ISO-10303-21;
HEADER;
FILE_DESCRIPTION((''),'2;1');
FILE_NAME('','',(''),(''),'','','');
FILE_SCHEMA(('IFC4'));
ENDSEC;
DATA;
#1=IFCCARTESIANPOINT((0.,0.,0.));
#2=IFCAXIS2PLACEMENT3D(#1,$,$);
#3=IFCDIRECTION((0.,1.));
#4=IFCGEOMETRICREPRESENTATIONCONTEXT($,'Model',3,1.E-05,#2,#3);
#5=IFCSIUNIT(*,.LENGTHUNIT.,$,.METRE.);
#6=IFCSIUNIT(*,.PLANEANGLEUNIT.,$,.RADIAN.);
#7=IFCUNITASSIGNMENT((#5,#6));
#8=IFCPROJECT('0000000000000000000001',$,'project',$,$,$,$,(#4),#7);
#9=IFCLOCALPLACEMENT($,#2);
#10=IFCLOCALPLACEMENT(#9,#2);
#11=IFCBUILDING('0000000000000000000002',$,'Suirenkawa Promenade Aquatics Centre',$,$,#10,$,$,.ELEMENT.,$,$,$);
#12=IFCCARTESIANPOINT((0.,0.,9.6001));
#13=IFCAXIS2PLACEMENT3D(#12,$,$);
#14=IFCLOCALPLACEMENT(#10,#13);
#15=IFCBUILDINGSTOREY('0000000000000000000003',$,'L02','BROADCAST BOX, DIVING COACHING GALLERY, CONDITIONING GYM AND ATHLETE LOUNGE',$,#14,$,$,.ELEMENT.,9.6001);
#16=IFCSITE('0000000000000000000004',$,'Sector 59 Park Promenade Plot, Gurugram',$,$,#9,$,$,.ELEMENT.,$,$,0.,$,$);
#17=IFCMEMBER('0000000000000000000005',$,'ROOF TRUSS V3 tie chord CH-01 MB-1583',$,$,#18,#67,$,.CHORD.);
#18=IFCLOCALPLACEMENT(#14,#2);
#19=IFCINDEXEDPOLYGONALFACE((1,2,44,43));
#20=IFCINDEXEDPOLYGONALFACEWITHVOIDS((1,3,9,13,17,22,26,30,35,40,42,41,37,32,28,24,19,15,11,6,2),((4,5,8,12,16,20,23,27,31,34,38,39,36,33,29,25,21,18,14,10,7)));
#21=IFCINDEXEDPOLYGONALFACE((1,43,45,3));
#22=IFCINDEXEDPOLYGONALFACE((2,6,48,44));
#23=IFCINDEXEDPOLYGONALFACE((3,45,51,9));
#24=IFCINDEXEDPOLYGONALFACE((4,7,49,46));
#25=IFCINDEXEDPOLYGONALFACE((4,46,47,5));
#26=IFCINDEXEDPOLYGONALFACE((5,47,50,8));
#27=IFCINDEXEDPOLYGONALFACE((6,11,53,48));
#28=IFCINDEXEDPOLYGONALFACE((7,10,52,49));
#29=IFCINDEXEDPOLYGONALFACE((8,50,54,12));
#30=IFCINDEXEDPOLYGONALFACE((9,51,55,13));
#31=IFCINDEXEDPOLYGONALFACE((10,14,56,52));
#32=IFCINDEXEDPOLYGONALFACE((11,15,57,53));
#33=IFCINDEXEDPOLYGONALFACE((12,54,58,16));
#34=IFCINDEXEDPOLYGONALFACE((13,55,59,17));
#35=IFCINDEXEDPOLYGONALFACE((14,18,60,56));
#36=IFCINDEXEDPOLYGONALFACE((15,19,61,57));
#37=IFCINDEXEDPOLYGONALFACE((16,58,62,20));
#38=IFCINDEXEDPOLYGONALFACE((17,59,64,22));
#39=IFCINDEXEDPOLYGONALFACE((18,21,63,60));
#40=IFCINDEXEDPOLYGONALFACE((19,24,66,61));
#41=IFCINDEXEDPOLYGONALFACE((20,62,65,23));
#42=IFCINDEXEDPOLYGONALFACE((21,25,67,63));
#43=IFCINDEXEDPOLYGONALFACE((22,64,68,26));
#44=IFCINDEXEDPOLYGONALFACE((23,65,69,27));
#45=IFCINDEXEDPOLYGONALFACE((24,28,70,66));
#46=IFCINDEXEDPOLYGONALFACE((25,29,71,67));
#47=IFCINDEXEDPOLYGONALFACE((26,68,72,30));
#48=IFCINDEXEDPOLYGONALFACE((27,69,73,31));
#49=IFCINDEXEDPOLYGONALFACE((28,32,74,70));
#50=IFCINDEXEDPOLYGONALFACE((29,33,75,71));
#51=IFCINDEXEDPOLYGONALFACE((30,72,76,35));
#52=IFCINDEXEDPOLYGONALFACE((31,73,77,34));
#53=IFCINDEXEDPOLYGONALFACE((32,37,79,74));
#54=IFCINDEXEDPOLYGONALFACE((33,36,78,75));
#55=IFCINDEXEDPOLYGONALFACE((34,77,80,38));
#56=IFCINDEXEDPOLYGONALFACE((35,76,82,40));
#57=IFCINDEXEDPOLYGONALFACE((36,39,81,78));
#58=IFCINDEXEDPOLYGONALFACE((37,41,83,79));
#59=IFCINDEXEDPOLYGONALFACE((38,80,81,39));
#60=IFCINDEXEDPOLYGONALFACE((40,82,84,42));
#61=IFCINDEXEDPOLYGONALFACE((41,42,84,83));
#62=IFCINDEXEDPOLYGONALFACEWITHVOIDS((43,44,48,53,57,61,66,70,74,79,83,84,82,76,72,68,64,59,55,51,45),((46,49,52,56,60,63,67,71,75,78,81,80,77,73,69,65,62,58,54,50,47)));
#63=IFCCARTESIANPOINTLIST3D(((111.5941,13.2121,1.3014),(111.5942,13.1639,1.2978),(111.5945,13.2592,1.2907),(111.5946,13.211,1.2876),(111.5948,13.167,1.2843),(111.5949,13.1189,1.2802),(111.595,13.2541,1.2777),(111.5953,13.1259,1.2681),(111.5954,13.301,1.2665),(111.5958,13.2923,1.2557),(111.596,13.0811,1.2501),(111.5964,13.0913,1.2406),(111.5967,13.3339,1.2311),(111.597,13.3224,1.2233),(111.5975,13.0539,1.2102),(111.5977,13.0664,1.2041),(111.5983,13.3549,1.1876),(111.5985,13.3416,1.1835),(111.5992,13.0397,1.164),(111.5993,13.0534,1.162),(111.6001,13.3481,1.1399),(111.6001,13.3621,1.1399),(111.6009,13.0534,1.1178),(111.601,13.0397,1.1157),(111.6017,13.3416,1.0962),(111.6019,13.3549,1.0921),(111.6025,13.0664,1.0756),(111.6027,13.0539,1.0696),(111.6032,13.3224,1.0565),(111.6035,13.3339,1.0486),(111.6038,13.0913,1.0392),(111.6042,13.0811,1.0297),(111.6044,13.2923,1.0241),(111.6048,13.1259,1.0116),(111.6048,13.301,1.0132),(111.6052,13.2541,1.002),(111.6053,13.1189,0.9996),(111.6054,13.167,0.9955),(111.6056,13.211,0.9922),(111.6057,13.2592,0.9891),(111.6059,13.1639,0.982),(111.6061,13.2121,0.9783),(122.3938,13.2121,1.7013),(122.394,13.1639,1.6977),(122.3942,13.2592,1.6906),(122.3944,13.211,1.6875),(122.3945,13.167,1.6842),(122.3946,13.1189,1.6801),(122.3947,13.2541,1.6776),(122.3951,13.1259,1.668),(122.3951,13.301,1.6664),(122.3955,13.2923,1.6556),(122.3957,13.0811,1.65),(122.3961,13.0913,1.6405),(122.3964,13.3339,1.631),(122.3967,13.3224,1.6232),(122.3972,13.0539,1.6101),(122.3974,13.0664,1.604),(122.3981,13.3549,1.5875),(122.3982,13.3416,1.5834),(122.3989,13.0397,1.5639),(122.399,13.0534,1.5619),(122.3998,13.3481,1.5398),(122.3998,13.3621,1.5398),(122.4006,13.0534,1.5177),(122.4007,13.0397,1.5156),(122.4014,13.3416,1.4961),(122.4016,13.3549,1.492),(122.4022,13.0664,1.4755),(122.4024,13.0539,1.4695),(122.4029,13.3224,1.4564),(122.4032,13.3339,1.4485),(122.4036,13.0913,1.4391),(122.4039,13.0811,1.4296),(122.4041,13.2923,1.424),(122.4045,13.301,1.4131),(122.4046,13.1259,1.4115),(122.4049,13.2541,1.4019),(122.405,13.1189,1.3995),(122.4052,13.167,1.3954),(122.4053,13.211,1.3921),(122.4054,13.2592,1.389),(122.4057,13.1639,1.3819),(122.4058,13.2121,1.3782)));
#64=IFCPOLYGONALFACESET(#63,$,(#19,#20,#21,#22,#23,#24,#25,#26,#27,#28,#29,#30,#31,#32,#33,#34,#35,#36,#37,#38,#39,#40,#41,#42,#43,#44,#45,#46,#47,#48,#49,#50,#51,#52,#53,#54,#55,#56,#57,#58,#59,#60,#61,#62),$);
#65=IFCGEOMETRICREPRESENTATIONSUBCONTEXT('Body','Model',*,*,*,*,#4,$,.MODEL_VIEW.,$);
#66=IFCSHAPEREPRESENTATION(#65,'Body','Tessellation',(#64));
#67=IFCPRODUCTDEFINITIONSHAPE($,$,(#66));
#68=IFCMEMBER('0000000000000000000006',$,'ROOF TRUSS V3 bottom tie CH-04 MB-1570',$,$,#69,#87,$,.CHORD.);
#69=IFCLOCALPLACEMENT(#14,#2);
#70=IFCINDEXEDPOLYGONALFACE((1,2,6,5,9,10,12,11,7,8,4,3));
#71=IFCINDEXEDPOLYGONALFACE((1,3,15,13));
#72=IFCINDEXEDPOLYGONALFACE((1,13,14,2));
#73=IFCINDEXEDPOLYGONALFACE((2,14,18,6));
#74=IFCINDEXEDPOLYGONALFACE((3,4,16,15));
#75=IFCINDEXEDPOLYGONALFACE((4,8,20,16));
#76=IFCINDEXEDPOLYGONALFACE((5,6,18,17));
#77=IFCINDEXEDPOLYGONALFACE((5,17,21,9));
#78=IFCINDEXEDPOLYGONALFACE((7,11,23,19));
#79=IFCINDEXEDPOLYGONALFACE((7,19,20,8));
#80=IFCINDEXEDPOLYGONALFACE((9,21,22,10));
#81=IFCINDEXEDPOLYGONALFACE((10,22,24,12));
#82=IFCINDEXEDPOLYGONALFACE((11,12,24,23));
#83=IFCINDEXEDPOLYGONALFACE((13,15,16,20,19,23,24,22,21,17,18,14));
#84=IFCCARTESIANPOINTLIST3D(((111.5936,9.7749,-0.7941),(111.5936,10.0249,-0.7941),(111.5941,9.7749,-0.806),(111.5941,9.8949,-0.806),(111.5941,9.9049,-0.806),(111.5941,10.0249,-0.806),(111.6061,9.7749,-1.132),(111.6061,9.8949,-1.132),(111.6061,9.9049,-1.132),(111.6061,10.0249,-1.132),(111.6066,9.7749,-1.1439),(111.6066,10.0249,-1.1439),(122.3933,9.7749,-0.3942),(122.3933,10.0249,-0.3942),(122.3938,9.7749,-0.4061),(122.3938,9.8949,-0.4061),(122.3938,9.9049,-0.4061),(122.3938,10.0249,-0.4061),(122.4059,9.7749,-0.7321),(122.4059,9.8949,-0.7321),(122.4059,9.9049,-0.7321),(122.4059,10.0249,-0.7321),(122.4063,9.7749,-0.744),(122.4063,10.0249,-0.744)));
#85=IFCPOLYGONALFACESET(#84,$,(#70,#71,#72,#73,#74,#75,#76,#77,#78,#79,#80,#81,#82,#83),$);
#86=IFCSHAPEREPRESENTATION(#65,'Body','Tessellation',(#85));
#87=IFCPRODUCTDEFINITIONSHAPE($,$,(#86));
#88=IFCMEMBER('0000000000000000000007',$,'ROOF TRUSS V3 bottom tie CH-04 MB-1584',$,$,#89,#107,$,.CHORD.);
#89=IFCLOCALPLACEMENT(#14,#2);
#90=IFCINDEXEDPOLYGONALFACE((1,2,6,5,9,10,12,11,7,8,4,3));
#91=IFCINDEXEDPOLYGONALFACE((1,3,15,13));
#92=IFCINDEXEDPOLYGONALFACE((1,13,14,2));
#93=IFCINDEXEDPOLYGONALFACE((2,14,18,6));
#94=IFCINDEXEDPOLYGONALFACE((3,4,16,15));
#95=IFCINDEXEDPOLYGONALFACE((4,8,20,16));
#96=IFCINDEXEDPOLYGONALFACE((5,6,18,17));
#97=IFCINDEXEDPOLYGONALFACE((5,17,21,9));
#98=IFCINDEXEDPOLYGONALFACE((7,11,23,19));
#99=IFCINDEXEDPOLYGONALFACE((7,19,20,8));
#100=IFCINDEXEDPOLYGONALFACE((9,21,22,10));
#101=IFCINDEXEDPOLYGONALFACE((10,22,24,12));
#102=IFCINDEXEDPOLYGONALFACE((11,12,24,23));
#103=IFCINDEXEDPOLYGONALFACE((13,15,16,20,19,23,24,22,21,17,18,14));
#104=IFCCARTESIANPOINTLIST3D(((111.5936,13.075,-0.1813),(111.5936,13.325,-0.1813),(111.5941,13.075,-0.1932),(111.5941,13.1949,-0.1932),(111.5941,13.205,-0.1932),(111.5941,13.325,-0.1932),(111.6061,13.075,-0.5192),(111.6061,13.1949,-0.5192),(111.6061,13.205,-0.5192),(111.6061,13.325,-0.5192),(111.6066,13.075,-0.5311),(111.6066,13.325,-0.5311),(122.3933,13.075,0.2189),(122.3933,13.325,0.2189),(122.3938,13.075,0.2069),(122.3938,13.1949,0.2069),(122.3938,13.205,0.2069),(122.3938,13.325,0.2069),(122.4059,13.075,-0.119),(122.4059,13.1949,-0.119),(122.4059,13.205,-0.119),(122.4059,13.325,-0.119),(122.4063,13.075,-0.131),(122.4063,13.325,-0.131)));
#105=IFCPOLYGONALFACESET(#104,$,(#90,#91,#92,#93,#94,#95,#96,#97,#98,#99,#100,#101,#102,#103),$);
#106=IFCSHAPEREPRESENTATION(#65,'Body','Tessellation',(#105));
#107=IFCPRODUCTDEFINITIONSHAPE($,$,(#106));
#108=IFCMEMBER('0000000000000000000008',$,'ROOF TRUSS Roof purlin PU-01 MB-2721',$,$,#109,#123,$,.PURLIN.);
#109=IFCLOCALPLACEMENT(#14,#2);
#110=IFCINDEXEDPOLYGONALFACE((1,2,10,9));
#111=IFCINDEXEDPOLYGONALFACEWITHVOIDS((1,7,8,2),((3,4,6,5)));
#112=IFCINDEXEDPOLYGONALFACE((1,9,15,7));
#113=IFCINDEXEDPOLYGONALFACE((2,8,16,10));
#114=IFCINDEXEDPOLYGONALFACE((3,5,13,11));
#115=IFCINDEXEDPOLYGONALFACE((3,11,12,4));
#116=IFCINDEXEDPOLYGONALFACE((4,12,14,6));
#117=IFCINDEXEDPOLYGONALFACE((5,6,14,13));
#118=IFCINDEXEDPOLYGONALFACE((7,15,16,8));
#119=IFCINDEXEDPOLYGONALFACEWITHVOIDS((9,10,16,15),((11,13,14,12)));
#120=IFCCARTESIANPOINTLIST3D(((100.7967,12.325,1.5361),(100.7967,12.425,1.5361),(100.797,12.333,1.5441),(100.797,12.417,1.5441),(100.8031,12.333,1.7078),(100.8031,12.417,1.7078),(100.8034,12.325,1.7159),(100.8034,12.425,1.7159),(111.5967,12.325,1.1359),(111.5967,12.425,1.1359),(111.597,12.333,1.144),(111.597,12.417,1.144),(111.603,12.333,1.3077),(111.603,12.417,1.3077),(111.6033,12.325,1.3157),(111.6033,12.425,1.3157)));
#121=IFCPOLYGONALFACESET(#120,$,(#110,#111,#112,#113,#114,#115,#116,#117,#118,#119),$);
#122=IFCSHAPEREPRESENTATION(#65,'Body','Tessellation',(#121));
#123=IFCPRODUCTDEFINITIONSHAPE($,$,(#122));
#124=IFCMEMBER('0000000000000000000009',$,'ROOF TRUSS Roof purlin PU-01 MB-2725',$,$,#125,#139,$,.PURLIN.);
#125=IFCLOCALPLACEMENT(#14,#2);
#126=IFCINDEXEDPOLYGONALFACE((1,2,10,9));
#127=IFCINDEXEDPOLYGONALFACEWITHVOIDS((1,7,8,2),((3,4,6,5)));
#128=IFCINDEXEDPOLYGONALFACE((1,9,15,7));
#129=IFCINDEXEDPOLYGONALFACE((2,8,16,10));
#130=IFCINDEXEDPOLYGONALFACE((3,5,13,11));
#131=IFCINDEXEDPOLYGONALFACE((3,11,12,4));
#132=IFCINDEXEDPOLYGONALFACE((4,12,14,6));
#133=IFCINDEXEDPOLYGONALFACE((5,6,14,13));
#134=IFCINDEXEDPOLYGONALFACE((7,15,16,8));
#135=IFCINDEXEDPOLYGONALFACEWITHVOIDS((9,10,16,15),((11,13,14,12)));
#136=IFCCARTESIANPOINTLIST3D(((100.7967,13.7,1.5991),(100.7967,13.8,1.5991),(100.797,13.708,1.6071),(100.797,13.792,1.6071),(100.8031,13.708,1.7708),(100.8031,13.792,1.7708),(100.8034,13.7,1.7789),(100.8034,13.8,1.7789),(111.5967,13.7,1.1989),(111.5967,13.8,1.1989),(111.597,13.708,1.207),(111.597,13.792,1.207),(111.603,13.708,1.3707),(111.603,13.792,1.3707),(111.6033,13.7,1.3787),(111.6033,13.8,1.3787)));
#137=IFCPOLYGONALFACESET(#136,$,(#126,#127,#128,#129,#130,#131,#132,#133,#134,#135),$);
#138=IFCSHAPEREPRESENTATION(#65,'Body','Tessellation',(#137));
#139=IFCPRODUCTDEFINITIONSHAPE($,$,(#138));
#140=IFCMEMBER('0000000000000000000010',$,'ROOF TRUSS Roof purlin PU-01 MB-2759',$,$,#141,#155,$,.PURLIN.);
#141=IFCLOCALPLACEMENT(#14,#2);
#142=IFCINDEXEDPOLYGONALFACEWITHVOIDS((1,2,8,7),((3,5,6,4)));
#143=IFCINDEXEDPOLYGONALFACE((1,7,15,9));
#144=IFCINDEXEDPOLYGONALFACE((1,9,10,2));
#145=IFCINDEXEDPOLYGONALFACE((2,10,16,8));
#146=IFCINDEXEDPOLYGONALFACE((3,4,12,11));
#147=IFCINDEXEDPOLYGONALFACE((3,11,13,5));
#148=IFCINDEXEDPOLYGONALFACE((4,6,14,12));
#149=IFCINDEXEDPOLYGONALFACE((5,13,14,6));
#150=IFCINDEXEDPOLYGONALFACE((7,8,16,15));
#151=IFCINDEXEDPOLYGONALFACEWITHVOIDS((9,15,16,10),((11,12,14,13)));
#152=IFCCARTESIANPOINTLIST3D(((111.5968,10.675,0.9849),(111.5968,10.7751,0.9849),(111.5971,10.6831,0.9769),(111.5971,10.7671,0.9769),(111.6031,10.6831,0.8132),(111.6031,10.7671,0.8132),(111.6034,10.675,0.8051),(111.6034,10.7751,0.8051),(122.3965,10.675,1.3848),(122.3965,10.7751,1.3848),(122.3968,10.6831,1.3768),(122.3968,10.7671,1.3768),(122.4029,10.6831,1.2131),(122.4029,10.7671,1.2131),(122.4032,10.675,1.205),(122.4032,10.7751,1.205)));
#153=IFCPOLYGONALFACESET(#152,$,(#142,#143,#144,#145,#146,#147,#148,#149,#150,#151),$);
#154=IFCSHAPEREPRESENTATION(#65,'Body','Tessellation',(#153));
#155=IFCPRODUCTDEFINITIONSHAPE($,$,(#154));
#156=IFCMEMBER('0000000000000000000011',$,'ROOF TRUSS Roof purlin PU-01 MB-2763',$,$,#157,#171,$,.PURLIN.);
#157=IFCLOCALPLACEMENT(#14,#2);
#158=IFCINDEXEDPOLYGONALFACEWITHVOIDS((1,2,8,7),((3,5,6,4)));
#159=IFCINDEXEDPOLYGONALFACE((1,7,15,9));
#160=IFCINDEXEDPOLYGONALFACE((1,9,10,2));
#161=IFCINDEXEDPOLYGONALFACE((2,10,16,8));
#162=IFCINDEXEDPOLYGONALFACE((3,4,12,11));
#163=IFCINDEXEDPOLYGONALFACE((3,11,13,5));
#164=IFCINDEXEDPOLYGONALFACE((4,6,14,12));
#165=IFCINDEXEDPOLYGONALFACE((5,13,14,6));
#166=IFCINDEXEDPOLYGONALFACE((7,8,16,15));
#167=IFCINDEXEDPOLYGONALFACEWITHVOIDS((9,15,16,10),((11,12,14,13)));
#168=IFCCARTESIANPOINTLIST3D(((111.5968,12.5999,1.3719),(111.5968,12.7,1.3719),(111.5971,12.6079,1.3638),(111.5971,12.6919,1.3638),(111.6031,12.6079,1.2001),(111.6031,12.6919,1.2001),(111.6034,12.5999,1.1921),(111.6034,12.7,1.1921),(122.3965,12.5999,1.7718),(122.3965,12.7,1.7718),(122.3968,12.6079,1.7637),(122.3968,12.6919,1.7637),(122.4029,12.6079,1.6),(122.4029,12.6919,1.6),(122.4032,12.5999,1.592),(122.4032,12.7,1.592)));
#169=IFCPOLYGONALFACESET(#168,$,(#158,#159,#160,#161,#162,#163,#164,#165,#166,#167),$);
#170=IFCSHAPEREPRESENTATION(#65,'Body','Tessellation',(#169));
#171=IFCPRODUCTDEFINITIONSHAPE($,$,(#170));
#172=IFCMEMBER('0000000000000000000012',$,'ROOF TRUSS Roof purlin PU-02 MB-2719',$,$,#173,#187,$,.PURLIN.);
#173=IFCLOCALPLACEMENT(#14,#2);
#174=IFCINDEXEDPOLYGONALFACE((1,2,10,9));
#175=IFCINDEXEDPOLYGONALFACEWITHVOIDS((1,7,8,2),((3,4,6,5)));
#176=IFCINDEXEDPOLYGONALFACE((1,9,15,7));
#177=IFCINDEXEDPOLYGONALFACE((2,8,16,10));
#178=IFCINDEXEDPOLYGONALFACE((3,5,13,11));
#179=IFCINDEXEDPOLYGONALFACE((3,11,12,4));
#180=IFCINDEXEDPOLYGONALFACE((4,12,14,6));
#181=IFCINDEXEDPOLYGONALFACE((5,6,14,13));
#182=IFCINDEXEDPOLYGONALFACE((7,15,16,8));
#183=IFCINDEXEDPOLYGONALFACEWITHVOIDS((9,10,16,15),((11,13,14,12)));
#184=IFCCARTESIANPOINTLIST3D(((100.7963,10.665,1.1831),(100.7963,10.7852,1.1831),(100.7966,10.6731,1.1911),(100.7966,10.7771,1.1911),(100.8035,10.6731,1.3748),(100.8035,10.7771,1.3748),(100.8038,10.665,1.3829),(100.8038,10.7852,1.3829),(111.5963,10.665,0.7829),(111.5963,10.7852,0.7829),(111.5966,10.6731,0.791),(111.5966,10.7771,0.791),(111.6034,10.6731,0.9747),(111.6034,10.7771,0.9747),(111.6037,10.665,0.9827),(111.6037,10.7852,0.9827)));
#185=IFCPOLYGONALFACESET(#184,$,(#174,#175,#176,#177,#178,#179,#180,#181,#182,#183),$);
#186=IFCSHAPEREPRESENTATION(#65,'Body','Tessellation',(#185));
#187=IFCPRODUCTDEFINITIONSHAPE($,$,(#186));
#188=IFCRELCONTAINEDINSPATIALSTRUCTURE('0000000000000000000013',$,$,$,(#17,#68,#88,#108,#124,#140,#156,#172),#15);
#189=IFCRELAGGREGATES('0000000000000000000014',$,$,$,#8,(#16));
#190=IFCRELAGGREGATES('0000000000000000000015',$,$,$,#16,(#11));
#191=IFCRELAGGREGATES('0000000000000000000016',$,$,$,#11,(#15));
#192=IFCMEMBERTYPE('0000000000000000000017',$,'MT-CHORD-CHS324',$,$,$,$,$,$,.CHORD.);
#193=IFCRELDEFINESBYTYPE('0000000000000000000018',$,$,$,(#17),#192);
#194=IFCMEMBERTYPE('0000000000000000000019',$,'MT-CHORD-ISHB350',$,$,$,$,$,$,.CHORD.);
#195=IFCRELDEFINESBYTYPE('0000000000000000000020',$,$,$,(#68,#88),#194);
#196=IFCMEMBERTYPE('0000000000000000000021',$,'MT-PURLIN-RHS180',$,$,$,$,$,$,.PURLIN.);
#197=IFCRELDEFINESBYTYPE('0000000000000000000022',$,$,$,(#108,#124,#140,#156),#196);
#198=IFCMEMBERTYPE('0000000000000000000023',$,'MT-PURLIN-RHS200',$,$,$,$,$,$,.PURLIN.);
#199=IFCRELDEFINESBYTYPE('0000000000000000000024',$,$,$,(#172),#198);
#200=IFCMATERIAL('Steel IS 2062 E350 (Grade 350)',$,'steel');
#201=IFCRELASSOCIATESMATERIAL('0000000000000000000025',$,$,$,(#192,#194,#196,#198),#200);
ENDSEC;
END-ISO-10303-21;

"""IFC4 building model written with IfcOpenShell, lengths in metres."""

from ifc_helpers import new_model, si_unit, direction, frame, origin, origin_2d, place, context, subcontext, project, spatial, hollow_rectangle, hollow_circle, i_section, extrude, material, material_profile, profile_set, type_object, element, save


model = new_model("IFC4")

# Units and contexts
model_context = context("Model", 3, precision=1e-05, world=origin(), true_north=direction((0.0, 1.0)))
body_context = subcontext(model_context, "Body", "Model", "MODEL_VIEW")
ifc_project = project(units=[si_unit("LENGTHUNIT", "METRE"), si_unit("PLANEANGLEUNIT", "RADIAN")], contexts=[model_context])

# Site, building, storey
site_placement = place(None, origin())
site = spatial("IfcSite", under=ifc_project, at=site_placement, Name="Sector 59 Park Promenade Plot, Gurugram", CompositionType="ELEMENT", RefElevation=0.0)
building_placement = place(site_placement, origin())
building = spatial("IfcBuilding", under=site, at=building_placement, Name="Suirenkawa Promenade Aquatics Centre", CompositionType="ELEMENT")
storey_placement = place(building_placement, frame((0.0, 0.0, 9.6001)))
storey = spatial("IfcBuildingStorey", under=building, at=storey_placement, Name="L02", Description="BROADCAST BOX, DIVING COACHING GALLERY, CONDITIONING GYM AND ATHLETE LOUNGE", CompositionType="ELEMENT", Elevation=9.6001)

# Shared definitions
ifc_material_1 = material(Name="Steel IS 2062 E350 (Grade 350)", Category="steel")

# Members
ifc_material_profile_1 = material_profile(ifc_material_1, hollow_circle(Radius=0.1621, WallThickness=0.0139, at=origin_2d()), Name="CHS 324x14", Category="steel")
ifc_profile_set_1 = profile_set([ifc_material_profile_1], Name="Steel IS 2062 E350 (Grade 350)")
member_type_1 = type_object("IfcMemberType", Name="MT-CHORD-CHS324", PredefinedType="CHORD", material=ifc_profile_set_1)
member_1_placement = place(storey_placement, frame((111.6001, 13.2, 1.1399), z_axis=(0.999315, 0.0, 0.037003), x_axis=(0.0, 1.0, 0.0)))
element("IfcMember", 1, at=member_1_placement, inside=storey, type_object=member_type_1, Name="ROOF TRUSS V3 tie chord CH-01 MB-1583", PredefinedType="CHORD", context=body_context, shape_type="SweptSolid", body=[
    extrude(hollow_circle(Radius=0.1621, WallThickness=0.0139, at=origin_2d()), origin(), (0.0, 0.0, 1.0), 10.8071),
])
ifc_material_profile_2 = material_profile(ifc_material_1, i_section(OverallWidth=0.25, OverallDepth=0.3501, WebThickness=0.01, FlangeThickness=0.012, at=origin_2d()), Name="ISHB 350", Category="steel")
ifc_profile_set_2 = profile_set([ifc_material_profile_2], Name="Steel IS 2062 E350 (Grade 350)")
member_type_2 = type_object("IfcMemberType", Name="MT-CHORD-ISHB350", PredefinedType="CHORD", material=ifc_profile_set_2)
for number, where, z_axis, x_axis, name in (
    (2, (111.6001, 9.8999, -0.969), (0.999315, 0.0, 0.037003), (0.0, 1.0, 0.0), "ROOF TRUSS V3 bottom tie CH-04 MB-1570"),
    (3, (111.6001, 13.2, -0.3562), (0.999314, 0.0, 0.037026), (0.0, 1.0, 0.0), "ROOF TRUSS V3 bottom tie CH-04 MB-1584"),
):
    element("IfcMember", number, at=place(storey_placement, frame(where, z_axis=z_axis, x_axis=x_axis)), inside=storey, type_object=member_type_2, Name=name, PredefinedType="CHORD", context=body_context, shape_type="SweptSolid", body=[
        extrude(i_section(OverallWidth=0.25, OverallDepth=0.3501, WebThickness=0.01, FlangeThickness=0.012, at=origin_2d()), origin(), (0.0, 0.0, 1.0), 10.8071),
    ])
ifc_material_profile_3 = material_profile(ifc_material_1, hollow_rectangle(XDim=0.1001, YDim=0.1799, WallThickness=0.0081, at=origin_2d()), Name="RHS 180x100x8", Category="steel")
ifc_profile_set_3 = profile_set([ifc_material_profile_3], Name="Steel IS 2062 E350 (Grade 350)")
member_type_3 = type_object("IfcMemberType", Name="MT-PURLIN-RHS180", PredefinedType="PURLIN", material=ifc_profile_set_3)
for number, where, z_axis, x_axis, name in (
    (4, (100.8, 12.375, 1.626), (0.999314, 0.0, -0.037025), (0.0, 1.0, 0.0), "ROOF TRUSS Roof purlin PU-01 MB-2721"),
    (5, (100.8, 13.75, 1.689), (0.999314, 0.0, -0.037025), (0.0, 1.0, 0.0), "ROOF TRUSS Roof purlin PU-01 MB-2725"),
):
    element("IfcMember", number, at=place(storey_placement, frame(where, z_axis=z_axis, x_axis=x_axis)), inside=storey, type_object=member_type_3, Name=name, PredefinedType="PURLIN", context=body_context, shape_type="SweptSolid", body=[
        extrude(hollow_rectangle(XDim=0.1001, YDim=0.1799, WallThickness=0.0081, at=origin_2d()), origin(), (0.0, 0.0, 1.0), 10.8074),
    ])
for number, where, z_axis, x_axis, name in (
    (6, (111.6001, 10.7251, 0.895), (0.999315, 0.0, 0.037003), (0.0, 1.0, 0.0), "ROOF TRUSS Roof purlin PU-01 MB-2759"),
    (7, (111.6001, 12.6499, 1.282), (0.999315, 0.0, 0.037003), (0.0, 1.0, 0.0), "ROOF TRUSS Roof purlin PU-01 MB-2763"),
):
    element("IfcMember", number, at=place(storey_placement, frame(where, z_axis=z_axis, x_axis=x_axis)), inside=storey, type_object=member_type_3, Name=name, PredefinedType="PURLIN", context=body_context, shape_type="SweptSolid", body=[
        extrude(hollow_rectangle(XDim=0.1001, YDim=0.1799, WallThickness=0.0081, at=origin_2d()), origin(), (0.0, 0.0, 1.0), 10.8071),
    ])
ifc_material_profile_4 = material_profile(ifc_material_1, hollow_rectangle(XDim=0.1201, YDim=0.2, WallThickness=0.0081, at=origin_2d()), Name="RHS 200x120x8", Category="steel")
ifc_profile_set_4 = profile_set([ifc_material_profile_4], Name="Steel IS 2062 E350 (Grade 350)")
member_type_4 = type_object("IfcMemberType", Name="MT-PURLIN-RHS200", PredefinedType="PURLIN", material=ifc_profile_set_4)
for number, where, z_axis, x_axis, name in (
    (8, (100.8, 10.7251, 1.283), (0.999314, 0.0, -0.037025), (0.0, 1.0, 0.0), "ROOF TRUSS Roof purlin PU-02 MB-2719"),
):
    element("IfcMember", number, at=place(storey_placement, frame(where, z_axis=z_axis, x_axis=x_axis)), inside=storey, type_object=member_type_4, Name=name, PredefinedType="PURLIN", context=body_context, shape_type="SweptSolid", body=[
        extrude(hollow_rectangle(XDim=0.1201, YDim=0.2, WallThickness=0.0081, at=origin_2d()), origin(), (0.0, 0.0, 1.0), 10.8074),
    ])

save(model, "model.ifc")
